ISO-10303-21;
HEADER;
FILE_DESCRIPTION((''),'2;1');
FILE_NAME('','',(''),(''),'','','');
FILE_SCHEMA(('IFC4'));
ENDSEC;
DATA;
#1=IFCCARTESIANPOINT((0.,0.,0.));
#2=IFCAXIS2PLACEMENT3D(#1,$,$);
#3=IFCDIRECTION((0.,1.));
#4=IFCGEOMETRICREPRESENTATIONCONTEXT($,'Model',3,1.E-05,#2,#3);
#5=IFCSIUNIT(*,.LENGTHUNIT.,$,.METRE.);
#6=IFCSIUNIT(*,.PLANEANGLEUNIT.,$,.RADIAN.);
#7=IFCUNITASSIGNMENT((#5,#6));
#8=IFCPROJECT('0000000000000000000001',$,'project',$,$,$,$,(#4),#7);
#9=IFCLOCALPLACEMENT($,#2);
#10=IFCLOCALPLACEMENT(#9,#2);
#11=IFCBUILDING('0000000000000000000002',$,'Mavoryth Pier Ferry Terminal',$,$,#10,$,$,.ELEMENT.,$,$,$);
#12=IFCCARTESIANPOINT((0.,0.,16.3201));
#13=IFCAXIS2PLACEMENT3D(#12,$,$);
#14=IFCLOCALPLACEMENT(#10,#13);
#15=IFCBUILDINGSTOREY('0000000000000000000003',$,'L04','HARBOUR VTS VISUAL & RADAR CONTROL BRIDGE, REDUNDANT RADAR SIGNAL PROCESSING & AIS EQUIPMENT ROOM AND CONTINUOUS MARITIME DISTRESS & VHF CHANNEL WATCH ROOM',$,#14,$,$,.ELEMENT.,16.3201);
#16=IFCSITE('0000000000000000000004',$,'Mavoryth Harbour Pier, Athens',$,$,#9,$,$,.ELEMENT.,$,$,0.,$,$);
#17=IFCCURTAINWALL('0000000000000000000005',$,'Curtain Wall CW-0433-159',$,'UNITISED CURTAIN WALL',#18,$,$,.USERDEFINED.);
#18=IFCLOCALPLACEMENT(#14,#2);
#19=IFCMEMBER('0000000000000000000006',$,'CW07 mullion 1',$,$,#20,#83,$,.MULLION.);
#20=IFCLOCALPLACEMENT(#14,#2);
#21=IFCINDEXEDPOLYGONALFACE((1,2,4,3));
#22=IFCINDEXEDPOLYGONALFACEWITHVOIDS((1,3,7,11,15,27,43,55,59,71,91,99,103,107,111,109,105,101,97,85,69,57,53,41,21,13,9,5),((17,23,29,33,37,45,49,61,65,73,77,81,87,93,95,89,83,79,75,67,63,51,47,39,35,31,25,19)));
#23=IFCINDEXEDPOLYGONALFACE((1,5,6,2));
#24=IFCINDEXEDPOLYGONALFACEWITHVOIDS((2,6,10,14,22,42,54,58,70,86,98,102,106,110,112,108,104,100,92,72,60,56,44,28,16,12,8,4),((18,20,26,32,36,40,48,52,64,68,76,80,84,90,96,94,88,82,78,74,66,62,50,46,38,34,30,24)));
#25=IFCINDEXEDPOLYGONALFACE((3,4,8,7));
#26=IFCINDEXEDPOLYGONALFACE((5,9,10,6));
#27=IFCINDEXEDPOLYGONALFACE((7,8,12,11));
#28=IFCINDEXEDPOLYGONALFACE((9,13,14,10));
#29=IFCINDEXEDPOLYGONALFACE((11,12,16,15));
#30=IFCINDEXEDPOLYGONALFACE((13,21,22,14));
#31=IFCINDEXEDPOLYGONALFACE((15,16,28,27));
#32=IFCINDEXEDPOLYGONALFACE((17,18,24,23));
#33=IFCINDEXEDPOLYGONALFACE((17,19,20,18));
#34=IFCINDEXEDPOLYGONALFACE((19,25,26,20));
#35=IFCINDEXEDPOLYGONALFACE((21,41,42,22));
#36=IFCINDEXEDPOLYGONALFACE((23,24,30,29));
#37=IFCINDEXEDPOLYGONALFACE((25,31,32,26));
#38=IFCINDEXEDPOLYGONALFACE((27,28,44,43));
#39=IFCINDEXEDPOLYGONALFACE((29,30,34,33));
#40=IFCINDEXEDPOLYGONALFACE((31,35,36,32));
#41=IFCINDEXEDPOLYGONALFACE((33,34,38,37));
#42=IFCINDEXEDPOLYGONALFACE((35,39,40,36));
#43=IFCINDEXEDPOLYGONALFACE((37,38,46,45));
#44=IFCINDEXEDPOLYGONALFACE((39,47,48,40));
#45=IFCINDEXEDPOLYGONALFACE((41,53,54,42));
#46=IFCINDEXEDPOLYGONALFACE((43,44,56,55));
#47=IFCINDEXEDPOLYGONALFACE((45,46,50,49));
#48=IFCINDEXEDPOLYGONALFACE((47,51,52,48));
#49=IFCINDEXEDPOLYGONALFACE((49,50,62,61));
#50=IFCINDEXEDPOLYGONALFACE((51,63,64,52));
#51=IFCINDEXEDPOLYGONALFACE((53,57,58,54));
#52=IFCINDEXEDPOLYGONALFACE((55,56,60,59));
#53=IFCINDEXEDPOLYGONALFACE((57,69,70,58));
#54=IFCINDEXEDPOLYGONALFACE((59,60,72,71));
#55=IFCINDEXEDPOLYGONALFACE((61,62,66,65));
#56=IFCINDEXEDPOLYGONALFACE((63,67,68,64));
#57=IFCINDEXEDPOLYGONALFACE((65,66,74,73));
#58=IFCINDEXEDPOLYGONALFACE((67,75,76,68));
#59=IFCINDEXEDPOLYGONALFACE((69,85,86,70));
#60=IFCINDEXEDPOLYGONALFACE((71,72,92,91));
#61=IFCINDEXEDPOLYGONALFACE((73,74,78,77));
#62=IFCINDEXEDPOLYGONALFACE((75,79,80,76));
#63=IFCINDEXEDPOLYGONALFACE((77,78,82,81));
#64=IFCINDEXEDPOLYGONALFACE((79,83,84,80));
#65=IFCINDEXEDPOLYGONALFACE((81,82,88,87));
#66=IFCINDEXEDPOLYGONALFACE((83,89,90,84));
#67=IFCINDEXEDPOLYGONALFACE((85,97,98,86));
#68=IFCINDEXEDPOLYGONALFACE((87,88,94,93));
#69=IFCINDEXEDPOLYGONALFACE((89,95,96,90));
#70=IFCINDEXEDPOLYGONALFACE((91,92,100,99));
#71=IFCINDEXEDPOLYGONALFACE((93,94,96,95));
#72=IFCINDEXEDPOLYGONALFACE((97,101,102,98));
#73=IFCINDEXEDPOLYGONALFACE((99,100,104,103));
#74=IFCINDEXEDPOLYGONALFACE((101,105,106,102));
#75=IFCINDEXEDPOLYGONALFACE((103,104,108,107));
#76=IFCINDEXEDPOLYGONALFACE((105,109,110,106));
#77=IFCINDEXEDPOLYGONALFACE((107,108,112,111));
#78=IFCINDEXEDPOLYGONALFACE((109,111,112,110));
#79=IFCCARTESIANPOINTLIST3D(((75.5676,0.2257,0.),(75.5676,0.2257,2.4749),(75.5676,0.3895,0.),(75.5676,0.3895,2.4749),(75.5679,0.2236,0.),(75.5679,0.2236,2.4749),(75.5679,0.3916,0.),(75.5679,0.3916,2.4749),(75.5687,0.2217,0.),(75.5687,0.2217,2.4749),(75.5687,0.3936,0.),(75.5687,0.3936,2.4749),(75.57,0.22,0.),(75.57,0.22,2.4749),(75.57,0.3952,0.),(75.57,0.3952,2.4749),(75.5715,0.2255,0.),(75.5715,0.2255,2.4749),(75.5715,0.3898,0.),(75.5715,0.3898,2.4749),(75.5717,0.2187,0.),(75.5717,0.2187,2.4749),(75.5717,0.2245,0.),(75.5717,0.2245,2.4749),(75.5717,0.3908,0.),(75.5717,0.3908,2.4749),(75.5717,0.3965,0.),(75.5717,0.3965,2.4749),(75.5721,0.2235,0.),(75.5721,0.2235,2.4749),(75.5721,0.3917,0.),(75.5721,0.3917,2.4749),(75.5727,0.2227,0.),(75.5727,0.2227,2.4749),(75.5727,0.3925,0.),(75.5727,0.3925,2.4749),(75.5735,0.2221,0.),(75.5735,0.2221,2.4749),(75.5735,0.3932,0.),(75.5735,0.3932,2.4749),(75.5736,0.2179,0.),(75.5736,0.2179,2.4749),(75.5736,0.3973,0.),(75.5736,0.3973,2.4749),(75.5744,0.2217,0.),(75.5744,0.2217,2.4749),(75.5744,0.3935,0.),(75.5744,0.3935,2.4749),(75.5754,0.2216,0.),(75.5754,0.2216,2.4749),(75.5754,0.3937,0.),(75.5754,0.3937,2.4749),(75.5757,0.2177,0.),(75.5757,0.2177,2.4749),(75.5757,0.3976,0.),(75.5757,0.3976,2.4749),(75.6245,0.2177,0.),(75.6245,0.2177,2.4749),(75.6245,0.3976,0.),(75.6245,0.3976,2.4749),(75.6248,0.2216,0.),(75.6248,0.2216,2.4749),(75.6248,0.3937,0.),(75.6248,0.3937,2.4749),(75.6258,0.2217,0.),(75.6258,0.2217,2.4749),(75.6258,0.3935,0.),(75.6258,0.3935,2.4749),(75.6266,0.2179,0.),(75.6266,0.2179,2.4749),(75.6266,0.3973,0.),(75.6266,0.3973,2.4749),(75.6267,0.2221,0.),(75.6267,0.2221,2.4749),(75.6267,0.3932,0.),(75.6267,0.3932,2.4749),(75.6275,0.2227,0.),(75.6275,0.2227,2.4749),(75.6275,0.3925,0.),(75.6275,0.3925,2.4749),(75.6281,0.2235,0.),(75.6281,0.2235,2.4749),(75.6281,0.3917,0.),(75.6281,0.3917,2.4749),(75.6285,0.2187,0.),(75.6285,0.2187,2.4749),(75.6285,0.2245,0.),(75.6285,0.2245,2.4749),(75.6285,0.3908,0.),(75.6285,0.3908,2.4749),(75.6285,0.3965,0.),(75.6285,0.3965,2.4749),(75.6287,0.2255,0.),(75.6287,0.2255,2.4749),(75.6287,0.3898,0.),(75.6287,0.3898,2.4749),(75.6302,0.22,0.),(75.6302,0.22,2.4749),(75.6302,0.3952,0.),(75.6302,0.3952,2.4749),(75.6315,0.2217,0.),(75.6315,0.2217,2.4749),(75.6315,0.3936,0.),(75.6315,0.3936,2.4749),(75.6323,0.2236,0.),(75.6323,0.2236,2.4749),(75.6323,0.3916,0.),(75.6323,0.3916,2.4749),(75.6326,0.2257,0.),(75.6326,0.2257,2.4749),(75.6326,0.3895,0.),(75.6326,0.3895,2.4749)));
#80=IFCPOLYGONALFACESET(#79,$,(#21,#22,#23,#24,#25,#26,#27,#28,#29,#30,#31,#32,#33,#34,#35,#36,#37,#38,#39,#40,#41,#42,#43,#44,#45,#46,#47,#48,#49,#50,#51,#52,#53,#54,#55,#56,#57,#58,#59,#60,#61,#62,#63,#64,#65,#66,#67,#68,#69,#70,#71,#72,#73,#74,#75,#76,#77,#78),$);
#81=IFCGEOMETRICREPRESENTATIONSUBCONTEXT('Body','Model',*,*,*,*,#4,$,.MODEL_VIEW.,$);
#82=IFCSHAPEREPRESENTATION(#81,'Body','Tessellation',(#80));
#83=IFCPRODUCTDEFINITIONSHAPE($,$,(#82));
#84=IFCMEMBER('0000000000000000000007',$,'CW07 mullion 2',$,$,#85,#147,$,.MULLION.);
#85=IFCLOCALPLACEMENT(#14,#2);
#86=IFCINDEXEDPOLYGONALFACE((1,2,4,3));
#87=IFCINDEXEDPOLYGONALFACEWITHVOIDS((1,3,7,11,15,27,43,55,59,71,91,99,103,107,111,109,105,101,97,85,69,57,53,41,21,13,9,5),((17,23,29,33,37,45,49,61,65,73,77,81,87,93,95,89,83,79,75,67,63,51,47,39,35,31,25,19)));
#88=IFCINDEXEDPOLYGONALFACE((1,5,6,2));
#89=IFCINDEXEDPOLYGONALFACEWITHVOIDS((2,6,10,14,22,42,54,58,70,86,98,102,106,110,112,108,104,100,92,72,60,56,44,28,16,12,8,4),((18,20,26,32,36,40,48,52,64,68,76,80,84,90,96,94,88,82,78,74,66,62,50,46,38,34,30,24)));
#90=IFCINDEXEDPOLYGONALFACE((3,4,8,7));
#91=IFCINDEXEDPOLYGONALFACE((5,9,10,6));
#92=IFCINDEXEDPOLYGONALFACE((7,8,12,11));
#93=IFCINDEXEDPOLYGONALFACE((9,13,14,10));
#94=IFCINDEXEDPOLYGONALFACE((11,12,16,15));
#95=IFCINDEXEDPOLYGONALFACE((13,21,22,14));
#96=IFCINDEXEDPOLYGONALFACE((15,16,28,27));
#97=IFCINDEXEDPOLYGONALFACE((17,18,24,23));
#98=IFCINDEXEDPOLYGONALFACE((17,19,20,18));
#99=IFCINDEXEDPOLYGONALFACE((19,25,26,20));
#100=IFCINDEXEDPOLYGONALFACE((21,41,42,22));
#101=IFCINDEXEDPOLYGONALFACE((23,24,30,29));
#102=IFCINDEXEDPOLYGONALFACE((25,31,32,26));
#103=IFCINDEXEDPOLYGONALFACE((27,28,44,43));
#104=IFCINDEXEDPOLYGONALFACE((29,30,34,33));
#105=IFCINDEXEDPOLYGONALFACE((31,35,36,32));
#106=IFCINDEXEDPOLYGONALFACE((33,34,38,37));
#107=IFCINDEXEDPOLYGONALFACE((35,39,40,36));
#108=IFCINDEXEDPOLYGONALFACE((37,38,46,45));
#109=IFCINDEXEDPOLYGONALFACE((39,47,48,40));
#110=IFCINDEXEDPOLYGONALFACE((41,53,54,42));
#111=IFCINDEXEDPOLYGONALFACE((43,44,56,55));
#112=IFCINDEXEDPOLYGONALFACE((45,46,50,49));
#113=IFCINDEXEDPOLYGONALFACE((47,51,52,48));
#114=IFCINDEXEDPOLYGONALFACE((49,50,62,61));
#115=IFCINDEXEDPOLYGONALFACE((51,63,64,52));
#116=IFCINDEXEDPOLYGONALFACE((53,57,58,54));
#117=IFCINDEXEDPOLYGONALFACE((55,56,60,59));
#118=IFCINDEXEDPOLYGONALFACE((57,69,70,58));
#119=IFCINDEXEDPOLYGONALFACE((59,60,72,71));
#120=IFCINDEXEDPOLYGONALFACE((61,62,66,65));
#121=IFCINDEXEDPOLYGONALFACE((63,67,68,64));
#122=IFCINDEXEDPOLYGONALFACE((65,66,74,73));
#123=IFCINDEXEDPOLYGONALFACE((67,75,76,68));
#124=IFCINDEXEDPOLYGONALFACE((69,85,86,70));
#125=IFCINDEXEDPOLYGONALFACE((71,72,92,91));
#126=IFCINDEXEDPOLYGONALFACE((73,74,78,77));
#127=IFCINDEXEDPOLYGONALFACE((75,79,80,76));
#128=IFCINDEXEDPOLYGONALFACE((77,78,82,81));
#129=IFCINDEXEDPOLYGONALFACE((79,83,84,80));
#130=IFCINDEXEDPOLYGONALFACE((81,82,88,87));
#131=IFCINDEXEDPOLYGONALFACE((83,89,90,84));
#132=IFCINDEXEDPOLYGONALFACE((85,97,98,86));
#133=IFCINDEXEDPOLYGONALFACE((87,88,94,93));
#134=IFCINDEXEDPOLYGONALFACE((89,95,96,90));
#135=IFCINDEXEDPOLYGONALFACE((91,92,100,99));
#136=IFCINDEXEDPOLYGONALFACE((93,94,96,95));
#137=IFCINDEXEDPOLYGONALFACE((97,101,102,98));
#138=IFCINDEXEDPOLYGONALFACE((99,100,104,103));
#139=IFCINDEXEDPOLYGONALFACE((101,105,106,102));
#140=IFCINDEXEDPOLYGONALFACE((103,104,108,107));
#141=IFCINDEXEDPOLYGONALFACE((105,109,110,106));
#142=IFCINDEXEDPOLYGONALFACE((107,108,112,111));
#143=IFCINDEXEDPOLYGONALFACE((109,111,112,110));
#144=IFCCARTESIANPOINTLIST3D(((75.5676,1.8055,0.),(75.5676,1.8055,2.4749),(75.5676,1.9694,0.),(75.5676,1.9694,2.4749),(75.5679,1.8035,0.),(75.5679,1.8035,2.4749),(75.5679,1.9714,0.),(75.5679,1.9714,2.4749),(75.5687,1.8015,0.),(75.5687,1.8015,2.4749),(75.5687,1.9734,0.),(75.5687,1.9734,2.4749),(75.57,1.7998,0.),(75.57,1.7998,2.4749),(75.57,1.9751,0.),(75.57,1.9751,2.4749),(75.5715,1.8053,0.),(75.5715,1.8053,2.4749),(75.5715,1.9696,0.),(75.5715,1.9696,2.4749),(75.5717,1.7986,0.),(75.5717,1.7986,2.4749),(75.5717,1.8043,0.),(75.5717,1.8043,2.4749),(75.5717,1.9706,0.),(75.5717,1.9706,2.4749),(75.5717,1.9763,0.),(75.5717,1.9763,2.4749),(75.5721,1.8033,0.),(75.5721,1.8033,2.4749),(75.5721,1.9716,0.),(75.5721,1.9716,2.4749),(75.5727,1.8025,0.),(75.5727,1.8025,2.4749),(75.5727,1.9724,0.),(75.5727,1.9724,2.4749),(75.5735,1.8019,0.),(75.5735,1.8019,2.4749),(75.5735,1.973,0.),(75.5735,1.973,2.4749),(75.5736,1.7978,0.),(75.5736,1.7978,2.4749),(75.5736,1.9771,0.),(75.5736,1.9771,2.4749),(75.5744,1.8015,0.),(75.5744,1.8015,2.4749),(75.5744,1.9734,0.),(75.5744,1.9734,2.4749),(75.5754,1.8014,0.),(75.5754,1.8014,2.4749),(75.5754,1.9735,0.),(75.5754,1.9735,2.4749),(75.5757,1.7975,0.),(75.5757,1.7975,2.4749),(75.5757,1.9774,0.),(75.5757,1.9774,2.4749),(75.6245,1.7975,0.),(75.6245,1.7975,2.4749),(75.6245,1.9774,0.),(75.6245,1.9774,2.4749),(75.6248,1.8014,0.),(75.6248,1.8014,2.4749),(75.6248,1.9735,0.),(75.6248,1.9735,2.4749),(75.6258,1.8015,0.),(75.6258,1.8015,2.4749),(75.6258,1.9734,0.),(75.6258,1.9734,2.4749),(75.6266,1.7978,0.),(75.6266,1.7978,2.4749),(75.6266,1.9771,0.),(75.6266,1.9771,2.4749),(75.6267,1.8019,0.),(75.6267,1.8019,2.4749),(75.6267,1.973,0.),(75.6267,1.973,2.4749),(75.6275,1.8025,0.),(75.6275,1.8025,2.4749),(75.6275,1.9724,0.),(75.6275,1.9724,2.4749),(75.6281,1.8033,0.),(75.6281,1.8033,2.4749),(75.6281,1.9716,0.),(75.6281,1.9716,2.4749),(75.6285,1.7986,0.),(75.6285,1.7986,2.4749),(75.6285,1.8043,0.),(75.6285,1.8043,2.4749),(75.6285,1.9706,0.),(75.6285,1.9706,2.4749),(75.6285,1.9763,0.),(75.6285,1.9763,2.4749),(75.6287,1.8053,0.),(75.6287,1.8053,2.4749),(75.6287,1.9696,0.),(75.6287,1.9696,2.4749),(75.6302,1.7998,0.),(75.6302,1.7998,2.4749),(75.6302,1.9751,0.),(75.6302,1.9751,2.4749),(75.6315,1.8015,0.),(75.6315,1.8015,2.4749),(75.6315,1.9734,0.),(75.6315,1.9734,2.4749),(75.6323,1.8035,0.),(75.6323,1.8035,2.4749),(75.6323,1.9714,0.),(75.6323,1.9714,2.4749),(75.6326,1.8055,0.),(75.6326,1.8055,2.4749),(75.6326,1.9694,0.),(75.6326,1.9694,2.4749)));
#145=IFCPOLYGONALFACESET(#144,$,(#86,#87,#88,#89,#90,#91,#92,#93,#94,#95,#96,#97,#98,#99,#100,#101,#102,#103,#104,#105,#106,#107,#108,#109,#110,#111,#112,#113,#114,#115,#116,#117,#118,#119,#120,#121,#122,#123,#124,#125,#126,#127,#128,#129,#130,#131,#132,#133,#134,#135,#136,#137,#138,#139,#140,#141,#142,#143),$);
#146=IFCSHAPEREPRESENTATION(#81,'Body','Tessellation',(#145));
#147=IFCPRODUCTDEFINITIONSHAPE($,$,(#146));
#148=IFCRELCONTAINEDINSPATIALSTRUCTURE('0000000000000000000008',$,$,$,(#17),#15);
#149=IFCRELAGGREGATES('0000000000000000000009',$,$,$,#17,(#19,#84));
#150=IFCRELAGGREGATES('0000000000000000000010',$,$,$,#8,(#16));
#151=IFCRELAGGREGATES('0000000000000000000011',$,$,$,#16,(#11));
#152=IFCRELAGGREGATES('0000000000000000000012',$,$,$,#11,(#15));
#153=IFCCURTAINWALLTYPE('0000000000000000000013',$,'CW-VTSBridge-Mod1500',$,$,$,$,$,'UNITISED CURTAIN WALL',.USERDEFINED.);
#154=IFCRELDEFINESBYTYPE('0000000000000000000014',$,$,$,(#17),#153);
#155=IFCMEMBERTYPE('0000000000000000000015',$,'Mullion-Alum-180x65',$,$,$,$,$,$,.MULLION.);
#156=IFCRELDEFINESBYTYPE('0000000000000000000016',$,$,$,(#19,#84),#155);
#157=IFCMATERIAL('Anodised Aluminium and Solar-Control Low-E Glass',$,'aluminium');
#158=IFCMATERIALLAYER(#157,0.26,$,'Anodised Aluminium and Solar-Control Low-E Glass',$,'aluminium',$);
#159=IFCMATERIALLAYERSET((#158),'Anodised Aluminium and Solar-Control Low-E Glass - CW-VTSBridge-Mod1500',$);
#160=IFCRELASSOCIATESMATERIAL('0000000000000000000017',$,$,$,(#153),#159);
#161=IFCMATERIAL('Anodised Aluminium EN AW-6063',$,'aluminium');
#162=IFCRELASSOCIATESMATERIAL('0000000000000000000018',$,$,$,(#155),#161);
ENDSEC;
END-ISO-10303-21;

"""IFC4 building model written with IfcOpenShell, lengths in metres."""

from ifc_helpers import new_model, si_unit, direction, frame, origin, origin_2d, place, context, subcontext, project, spatial, hollow_rectangle, extrude, material, layer, layer_set, material_profile, profile_set, type_object, element, aggregate, save


model = new_model("IFC4")

# Units and contexts
model_context = context("Model", 3, precision=1e-05, world=origin(), true_north=direction((0.0, 1.0)))
body_context = subcontext(model_context, "Body", "Model", "MODEL_VIEW")
ifc_project = project(units=[si_unit("LENGTHUNIT", "METRE"), si_unit("PLANEANGLEUNIT", "RADIAN")], contexts=[model_context])

# Site, building, storey
site_placement = place(None, origin())
site = spatial("IfcSite", under=ifc_project, at=site_placement, Name="Mavoryth Harbour Pier, Athens", CompositionType="ELEMENT", RefElevation=0.0)
building_placement = place(site_placement, origin())
building = spatial("IfcBuilding", under=site, at=building_placement, Name="Mavoryth Pier Ferry Terminal", CompositionType="ELEMENT")
storey_placement = place(building_placement, frame((0.0, 0.0, 16.3201)))
storey = spatial("IfcBuildingStorey", under=building, at=storey_placement, Name="L04", Description="HARBOUR VTS VISUAL & RADAR CONTROL BRIDGE, REDUNDANT RADAR SIGNAL PROCESSING & AIS EQUIPMENT ROOM AND CONTINUOUS MARITIME DISTRESS & VHF CHANNEL WATCH ROOM", CompositionType="ELEMENT", Elevation=16.3201)

# Curtain wall, members
ifc_material_1 = material(Name="Anodised Aluminium and Solar-Control Low-E Glass", Category="aluminium")
ifc_layer_1 = layer(ifc_material_1, 0.26, Name="Anodised Aluminium and Solar-Control Low-E Glass", Category="aluminium")
ifc_layer_set_1 = layer_set([ifc_layer_1], Name="Anodised Aluminium and Solar-Control Low-E Glass - CW-VTSBridge-Mod1500")
curtain_wall_type = type_object("IfcCurtainWallType", Name="CW-VTSBridge-Mod1500", ElementType="UNITISED CURTAIN WALL", PredefinedType="USERDEFINED", material=ifc_layer_set_1)
ifc_material_2 = material(Name="Anodised Aluminium EN AW-6063", Category="aluminium")
curtain_wall_1_placement = place(storey_placement, origin())
curtain_wall_1 = element("IfcCurtainWall", 1, at=curtain_wall_1_placement, inside=storey, type_object=curtain_wall_type, Name="Curtain Wall CW-0433-159", ObjectType="UNITISED CURTAIN WALL", PredefinedType="USERDEFINED")
ifc_material_profile_1 = material_profile(ifc_material_2, hollow_rectangle(XDim=0.0649, YDim=0.1799, WallThickness=0.0039, InnerFilletRadius=0.0039, OuterFilletRadius=0.0081, at=origin_2d()), Name="AL-MULL 180x65x4", Category="aluminium")
ifc_profile_set_1 = profile_set([ifc_material_profile_1], Name="Anodised Aluminium EN AW-6063 - AL-MULL 180x65x4")
member_type_1 = type_object("IfcMemberType", Name="Mullion-Alum-180x65", PredefinedType="MULLION", material=ifc_profile_set_1)
member_1_placement = place(storey_placement, frame((75.6001, 0.3076, 0.0), z_axis=(0.0, 0.0, 1.0), x_axis=(-1.0, 0.0, 0.0)))
member_1 = element("IfcMember", 2, at=member_1_placement, type_object=member_type_1, Name="CW07 mullion 1", PredefinedType="MULLION", context=body_context, shape_type="SweptSolid", body=[
    extrude(hollow_rectangle(XDim=0.0649, YDim=0.1799, WallThickness=0.0039, InnerFilletRadius=0.0039, OuterFilletRadius=0.0081, at=origin_2d()), origin(), (0.0, 0.0, 1.0), 2.4749),
])
member_2_placement = place(storey_placement, frame((75.6001, 1.8875, 0.0), z_axis=(0.0, 0.0, 1.0), x_axis=(-1.0, 0.0, 0.0)))
member_2 = element("IfcMember", 3, at=member_2_placement, type_object=member_type_1, Name="CW07 mullion 2", PredefinedType="MULLION", context=body_context, shape_type="SweptSolid", body=[
    extrude(hollow_rectangle(XDim=0.0649, YDim=0.1799, WallThickness=0.0039, InnerFilletRadius=0.0039, OuterFilletRadius=0.0081, at=origin_2d()), origin(), (0.0, 0.0, 1.0), 2.4749),
])

aggregate(curtain_wall_1, [member_1, member_2])

save(model, "model.ifc")
